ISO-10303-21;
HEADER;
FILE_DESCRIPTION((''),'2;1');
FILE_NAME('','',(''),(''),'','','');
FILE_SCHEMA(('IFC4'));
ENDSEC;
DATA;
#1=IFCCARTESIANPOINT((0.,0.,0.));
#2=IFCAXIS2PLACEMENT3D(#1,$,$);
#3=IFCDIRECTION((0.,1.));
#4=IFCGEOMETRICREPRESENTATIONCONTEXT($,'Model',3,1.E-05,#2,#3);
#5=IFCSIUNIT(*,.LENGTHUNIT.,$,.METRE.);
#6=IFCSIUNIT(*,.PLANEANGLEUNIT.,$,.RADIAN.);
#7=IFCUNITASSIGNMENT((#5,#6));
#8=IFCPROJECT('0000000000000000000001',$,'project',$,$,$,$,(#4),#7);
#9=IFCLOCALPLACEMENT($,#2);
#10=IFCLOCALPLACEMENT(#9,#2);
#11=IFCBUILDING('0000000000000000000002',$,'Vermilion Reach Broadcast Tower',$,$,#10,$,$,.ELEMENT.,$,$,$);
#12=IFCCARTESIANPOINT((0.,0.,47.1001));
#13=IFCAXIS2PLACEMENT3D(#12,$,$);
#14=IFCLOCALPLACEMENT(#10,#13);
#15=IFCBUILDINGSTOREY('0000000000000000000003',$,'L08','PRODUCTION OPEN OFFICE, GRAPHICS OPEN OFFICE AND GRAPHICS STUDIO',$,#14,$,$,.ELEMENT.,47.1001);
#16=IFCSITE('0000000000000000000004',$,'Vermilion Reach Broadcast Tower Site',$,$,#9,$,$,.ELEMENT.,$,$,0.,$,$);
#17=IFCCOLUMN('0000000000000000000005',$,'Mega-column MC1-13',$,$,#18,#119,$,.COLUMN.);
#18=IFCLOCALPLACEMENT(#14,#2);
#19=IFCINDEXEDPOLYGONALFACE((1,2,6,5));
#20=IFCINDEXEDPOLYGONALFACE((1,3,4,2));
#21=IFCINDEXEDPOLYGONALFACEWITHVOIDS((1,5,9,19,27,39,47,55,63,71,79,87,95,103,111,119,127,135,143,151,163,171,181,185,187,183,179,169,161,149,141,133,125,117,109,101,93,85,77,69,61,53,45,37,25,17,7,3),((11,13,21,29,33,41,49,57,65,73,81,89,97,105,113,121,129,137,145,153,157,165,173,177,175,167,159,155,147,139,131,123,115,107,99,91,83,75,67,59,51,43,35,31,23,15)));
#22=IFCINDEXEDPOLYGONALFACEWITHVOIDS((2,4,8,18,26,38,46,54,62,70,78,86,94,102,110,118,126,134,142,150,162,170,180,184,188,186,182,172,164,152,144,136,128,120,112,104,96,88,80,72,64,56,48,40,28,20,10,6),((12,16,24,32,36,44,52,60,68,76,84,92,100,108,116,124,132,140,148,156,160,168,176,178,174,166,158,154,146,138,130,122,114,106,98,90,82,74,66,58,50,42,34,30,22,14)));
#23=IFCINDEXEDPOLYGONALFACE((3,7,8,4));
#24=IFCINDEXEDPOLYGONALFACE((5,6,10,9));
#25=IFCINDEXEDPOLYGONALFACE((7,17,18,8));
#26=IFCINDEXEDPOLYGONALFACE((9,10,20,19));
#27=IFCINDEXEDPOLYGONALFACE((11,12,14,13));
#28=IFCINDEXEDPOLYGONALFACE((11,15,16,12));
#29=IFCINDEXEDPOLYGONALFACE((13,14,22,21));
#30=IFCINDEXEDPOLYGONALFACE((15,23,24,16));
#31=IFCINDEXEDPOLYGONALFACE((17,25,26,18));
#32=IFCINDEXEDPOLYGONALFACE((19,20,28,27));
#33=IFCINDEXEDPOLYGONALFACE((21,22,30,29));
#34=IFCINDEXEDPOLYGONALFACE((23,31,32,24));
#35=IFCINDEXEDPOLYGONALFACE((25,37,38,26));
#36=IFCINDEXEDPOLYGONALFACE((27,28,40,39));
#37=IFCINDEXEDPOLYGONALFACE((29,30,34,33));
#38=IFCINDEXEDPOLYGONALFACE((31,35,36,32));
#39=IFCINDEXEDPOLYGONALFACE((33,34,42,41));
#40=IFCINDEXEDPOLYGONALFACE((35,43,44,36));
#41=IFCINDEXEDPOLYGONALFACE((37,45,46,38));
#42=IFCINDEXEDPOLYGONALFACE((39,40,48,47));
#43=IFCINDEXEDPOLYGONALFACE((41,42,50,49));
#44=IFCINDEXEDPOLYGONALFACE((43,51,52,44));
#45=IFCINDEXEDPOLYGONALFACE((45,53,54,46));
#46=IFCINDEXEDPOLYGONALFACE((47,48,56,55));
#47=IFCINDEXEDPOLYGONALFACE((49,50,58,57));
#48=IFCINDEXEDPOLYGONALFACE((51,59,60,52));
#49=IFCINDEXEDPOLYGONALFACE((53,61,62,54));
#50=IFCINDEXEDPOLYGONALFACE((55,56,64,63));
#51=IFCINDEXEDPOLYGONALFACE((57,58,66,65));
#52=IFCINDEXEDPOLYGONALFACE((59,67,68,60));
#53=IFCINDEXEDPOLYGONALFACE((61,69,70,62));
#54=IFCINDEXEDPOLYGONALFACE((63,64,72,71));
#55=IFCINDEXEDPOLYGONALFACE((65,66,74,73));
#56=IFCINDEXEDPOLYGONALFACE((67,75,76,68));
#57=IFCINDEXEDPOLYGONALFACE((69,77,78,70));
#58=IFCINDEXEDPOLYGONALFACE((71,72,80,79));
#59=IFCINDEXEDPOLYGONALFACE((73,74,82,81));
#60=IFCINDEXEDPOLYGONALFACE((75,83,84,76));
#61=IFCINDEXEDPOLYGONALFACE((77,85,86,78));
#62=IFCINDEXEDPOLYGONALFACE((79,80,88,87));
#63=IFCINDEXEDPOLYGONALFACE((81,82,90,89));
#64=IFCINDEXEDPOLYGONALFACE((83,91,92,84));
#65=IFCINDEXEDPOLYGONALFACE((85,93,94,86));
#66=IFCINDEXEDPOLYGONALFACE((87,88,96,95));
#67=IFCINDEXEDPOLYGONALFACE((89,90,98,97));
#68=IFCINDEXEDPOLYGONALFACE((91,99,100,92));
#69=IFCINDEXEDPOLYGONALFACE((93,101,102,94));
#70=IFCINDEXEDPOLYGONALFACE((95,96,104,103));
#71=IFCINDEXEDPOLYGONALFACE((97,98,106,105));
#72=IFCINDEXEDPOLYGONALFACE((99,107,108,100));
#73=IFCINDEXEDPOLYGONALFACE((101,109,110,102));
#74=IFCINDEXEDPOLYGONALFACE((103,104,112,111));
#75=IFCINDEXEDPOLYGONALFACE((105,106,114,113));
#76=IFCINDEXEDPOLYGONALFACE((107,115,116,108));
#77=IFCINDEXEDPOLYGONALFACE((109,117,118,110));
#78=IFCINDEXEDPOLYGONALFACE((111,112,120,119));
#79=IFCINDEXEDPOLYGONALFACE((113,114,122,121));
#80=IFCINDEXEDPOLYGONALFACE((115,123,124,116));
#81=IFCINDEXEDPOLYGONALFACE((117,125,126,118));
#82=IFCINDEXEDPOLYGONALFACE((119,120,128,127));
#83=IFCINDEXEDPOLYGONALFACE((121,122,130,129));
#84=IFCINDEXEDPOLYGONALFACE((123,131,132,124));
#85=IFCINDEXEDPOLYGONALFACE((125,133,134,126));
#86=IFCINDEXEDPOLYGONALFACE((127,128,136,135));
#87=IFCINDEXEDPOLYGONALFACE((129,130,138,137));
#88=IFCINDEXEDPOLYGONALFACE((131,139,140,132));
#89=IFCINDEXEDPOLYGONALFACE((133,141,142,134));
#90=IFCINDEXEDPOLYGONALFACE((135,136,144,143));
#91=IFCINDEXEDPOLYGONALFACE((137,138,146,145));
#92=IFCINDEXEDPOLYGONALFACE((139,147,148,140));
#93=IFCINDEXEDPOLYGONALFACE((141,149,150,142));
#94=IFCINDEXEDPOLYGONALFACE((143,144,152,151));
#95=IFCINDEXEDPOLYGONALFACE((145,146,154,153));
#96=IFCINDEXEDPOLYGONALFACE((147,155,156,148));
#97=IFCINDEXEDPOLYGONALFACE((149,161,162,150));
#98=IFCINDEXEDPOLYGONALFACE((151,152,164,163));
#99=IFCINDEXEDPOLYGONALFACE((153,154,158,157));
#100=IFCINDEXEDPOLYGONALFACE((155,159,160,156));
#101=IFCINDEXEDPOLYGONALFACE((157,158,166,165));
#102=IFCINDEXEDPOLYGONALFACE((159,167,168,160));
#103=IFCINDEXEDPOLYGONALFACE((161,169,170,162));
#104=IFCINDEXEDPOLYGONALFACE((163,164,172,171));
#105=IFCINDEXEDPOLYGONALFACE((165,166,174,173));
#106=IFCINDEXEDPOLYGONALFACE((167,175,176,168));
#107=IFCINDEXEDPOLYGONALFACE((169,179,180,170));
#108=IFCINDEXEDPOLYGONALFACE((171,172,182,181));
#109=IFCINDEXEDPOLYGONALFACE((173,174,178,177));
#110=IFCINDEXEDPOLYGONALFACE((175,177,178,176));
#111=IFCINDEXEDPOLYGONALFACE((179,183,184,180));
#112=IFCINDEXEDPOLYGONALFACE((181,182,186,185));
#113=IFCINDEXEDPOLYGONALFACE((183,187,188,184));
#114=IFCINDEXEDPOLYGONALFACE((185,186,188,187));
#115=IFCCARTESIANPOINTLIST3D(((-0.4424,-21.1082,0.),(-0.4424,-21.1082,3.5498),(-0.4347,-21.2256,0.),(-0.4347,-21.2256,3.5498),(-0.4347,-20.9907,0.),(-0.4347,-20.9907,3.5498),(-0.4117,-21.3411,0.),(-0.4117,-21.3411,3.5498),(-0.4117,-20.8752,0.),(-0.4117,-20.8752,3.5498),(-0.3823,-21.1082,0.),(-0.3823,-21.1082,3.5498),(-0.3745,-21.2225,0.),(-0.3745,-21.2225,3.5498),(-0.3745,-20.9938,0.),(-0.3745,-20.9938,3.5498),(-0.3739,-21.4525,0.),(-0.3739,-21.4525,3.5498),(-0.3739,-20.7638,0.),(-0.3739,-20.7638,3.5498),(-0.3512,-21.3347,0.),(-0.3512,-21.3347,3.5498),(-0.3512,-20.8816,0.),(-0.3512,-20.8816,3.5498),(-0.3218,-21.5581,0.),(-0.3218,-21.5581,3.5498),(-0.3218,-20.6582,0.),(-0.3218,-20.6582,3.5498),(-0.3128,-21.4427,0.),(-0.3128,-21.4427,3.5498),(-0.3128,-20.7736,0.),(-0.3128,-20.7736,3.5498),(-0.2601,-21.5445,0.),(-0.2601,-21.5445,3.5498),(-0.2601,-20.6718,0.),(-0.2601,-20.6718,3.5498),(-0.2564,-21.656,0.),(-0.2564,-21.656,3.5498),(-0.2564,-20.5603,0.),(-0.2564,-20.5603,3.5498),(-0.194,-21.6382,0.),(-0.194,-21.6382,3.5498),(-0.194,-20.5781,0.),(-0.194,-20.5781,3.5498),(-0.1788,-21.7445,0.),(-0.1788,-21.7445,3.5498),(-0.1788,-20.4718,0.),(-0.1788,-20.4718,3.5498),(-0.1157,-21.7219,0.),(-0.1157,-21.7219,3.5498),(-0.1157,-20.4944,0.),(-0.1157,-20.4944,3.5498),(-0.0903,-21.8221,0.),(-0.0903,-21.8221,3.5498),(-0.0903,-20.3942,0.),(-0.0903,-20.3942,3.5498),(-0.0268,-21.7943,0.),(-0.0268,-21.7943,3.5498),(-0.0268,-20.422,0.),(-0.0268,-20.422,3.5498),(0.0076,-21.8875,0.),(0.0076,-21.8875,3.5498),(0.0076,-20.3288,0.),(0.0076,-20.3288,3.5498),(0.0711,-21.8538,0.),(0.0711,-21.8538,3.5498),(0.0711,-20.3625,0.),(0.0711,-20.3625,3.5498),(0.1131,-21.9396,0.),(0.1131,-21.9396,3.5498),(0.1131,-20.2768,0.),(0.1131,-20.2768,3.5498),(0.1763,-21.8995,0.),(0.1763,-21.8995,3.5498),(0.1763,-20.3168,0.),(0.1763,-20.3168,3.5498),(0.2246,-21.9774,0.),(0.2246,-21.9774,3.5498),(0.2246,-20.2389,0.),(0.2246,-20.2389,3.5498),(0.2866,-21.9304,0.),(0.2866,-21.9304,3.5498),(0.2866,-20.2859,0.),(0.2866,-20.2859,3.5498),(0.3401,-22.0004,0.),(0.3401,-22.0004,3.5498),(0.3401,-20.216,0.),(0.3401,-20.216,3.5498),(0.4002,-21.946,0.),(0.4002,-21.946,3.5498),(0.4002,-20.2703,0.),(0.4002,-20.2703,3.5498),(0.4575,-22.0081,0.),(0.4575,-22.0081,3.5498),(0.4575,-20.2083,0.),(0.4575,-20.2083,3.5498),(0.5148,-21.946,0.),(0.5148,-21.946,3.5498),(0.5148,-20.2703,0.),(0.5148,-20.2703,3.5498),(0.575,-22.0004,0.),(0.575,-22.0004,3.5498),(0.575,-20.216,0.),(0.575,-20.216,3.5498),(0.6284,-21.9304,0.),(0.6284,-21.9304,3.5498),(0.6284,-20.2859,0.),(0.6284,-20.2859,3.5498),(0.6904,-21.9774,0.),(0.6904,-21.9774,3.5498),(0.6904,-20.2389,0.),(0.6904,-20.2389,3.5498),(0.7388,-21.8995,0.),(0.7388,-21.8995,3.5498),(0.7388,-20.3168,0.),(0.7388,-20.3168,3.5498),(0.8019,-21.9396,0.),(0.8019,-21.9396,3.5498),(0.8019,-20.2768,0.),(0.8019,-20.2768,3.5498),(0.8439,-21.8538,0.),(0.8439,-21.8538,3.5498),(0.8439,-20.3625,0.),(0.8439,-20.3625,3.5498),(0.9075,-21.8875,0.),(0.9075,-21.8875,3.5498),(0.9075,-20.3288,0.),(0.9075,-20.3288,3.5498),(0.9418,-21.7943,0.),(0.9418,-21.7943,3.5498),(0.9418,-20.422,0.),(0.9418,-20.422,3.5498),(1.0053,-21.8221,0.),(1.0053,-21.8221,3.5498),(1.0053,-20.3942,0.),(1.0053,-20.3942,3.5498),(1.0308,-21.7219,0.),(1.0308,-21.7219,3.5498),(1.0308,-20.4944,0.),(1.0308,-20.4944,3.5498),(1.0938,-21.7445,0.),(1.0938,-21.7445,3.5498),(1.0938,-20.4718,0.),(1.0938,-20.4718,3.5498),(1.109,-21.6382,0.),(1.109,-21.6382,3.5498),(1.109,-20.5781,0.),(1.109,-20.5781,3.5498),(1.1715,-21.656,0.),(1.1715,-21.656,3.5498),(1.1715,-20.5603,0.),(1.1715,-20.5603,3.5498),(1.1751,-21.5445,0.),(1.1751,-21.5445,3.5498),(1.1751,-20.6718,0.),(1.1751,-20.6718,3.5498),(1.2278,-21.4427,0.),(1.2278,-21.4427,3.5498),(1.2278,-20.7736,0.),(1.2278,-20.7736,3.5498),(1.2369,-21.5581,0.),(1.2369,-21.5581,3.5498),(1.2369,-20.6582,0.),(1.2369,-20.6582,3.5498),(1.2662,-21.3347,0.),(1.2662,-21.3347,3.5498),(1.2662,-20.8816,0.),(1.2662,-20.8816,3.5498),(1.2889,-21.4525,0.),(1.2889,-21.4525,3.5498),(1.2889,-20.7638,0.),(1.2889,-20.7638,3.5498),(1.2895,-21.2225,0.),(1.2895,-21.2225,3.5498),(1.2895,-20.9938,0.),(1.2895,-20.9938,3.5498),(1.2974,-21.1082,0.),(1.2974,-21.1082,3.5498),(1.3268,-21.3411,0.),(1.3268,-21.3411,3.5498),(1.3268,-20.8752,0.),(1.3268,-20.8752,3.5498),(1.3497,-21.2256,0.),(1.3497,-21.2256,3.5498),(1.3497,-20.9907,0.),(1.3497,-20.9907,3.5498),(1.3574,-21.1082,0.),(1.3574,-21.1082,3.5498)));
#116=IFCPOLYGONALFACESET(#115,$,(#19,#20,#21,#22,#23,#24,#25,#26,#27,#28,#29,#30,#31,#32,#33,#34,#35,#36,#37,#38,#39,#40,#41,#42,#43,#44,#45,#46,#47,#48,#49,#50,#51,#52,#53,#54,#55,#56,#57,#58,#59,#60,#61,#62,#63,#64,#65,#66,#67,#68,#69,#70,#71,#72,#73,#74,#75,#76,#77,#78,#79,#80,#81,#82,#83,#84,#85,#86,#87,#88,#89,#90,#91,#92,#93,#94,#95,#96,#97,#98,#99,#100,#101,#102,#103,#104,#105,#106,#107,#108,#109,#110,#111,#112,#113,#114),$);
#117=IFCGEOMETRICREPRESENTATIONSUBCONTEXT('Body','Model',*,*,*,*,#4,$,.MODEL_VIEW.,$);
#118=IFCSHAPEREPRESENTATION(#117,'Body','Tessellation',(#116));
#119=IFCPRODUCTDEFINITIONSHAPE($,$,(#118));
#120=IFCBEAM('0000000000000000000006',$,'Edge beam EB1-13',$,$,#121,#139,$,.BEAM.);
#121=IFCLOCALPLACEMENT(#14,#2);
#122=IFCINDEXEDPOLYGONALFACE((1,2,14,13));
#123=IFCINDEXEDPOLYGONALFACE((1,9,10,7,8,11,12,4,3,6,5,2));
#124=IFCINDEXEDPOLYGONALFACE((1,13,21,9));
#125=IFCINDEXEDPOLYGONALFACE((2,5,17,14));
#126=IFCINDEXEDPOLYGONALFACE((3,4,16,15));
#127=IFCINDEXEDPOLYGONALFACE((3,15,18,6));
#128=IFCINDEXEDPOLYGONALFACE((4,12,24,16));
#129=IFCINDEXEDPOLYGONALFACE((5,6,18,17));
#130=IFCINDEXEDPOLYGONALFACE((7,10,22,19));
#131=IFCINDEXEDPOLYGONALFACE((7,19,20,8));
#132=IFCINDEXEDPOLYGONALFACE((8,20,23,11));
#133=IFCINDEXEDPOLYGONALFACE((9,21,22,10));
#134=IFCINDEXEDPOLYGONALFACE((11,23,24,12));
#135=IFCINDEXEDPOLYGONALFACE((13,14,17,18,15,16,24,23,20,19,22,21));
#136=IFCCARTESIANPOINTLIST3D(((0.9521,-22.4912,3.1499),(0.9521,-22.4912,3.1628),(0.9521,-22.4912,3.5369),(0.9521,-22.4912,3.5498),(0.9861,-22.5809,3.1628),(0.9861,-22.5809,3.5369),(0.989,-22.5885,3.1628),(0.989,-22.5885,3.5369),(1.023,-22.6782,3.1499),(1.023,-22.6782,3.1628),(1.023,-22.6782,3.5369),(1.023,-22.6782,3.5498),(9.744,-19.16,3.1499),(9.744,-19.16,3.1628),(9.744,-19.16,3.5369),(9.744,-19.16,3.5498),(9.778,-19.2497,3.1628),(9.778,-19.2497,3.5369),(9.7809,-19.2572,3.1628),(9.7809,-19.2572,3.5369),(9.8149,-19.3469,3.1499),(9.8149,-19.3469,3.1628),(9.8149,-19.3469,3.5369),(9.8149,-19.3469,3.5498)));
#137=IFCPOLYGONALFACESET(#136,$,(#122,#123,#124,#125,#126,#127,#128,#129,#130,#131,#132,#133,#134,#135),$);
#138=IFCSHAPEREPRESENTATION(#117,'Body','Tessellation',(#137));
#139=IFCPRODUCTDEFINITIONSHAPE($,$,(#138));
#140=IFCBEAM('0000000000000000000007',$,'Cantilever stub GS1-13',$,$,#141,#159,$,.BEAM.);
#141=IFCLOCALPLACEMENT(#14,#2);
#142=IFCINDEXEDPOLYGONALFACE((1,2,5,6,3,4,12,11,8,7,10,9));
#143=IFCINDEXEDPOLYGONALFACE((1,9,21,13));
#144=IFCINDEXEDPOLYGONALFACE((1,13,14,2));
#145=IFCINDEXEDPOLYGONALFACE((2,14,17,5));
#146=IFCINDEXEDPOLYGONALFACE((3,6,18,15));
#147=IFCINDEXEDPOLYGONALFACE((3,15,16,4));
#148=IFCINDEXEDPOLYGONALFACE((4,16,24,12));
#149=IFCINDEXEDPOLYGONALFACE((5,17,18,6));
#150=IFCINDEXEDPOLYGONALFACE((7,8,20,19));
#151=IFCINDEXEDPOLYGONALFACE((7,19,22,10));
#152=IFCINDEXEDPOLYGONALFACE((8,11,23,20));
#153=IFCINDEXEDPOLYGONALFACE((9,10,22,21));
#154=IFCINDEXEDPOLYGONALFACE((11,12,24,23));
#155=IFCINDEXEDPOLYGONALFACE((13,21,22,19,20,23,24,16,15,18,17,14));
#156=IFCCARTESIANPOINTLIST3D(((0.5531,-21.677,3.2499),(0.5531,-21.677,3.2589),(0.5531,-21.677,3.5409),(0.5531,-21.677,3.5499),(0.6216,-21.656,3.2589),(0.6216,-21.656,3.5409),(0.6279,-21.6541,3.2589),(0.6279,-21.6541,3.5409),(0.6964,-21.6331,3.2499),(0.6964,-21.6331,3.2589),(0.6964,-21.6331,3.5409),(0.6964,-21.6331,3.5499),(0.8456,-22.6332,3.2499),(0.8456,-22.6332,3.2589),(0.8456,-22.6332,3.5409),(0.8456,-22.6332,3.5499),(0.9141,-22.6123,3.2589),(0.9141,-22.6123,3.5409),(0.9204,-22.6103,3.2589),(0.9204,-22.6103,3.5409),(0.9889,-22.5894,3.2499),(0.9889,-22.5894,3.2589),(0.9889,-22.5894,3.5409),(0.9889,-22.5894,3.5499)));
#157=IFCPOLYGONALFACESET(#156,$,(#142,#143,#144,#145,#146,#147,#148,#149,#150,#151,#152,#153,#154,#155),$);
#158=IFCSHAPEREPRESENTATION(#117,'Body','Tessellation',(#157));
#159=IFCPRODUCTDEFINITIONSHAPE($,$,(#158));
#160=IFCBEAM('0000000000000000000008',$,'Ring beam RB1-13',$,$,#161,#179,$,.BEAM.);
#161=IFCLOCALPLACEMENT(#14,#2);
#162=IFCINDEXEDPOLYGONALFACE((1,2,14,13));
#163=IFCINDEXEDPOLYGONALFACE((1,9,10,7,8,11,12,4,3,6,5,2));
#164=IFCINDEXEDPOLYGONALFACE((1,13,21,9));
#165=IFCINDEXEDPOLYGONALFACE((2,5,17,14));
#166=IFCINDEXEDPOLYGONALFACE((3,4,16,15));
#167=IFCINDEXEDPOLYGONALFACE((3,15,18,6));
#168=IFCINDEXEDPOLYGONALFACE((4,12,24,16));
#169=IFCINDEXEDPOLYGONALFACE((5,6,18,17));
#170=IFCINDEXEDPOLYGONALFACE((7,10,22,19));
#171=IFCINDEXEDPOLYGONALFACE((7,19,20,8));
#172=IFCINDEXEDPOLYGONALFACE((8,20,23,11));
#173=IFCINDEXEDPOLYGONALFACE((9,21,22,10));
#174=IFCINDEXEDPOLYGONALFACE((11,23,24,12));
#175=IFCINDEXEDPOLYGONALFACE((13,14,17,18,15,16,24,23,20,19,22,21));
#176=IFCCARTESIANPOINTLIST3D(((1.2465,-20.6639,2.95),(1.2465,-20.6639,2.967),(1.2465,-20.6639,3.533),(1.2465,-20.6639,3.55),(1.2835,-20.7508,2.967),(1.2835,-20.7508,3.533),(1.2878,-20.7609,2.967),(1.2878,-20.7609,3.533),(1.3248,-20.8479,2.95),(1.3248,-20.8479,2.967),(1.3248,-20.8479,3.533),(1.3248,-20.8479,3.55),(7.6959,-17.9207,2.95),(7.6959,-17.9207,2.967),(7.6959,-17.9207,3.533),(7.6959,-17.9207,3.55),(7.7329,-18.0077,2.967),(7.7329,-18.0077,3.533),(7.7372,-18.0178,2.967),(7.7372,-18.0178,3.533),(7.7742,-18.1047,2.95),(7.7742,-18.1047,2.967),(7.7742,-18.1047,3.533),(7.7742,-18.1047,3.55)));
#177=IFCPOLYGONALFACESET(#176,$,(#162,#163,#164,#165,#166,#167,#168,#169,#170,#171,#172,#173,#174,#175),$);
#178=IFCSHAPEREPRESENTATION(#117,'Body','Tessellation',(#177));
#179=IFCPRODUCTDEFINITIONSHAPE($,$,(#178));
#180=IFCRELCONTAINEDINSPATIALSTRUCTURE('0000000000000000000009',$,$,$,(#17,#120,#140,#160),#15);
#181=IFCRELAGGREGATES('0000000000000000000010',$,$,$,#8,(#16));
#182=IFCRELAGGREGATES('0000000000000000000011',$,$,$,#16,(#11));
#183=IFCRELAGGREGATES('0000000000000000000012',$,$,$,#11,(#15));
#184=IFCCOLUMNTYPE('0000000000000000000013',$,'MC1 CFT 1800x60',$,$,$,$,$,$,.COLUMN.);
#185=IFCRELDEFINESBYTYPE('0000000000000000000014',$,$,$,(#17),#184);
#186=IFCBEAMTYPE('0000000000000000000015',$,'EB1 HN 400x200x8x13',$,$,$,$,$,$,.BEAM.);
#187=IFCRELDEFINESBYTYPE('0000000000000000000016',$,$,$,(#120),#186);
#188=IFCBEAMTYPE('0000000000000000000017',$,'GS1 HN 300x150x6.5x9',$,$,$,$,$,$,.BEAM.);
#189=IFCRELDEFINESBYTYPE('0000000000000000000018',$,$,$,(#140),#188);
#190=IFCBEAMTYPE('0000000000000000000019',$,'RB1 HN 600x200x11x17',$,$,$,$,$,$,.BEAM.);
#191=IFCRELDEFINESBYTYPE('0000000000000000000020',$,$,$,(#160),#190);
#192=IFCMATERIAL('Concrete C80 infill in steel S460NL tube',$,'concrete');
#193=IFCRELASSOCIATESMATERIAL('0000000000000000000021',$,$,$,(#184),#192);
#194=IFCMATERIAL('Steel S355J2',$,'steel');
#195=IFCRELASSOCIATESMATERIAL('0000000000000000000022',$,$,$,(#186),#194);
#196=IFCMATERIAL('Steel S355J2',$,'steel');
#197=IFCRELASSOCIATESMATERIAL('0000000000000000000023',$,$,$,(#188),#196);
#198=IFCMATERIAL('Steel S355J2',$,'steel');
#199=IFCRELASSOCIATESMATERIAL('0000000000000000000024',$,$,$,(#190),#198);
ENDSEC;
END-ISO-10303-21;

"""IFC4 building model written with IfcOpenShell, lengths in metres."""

from ifc_helpers import new_model, si_unit, direction, frame, origin, origin_2d, place, context, subcontext, project, spatial, hollow_circle, i_section, extrude, material, material_profile, profile_set, type_object, element, save


model = new_model("IFC4")

# Units and contexts
model_context = context("Model", 3, precision=1e-05, world=origin(), true_north=direction((0.0, 1.0)))
body_context = subcontext(model_context, "Body", "Model", "MODEL_VIEW")
ifc_project = project(units=[si_unit("LENGTHUNIT", "METRE"), si_unit("PLANEANGLEUNIT", "RADIAN")], contexts=[model_context])

# Site, building, storey
site_placement = place(None, origin())
site = spatial("IfcSite", under=ifc_project, at=site_placement, Name="Vermilion Reach Broadcast Tower Site", CompositionType="ELEMENT", RefElevation=0.0)
building_placement = place(site_placement, origin())
building = spatial("IfcBuilding", under=site, at=building_placement, Name="Vermilion Reach Broadcast Tower", CompositionType="ELEMENT")
storey_placement = place(building_placement, frame((0.0, 0.0, 47.1001)))
storey = spatial("IfcBuildingStorey", under=building, at=storey_placement, Name="L08", Description="PRODUCTION OPEN OFFICE, GRAPHICS OPEN OFFICE AND GRAPHICS STUDIO", CompositionType="ELEMENT", Elevation=47.1001)

# Column
ifc_material_1 = material(Name="Concrete C80 infill in steel S460NL tube", Category="concrete")
ifc_material_profile_1 = material_profile(ifc_material_1, hollow_circle(Radius=0.8999, WallThickness=0.0601, at=origin_2d()), Name="Concrete C80 infill in steel S460NL tube CFT 1800x60")
ifc_profile_set_1 = profile_set([ifc_material_profile_1], Name="Concrete C80 infill in steel S460NL tube")
column_type = type_object("IfcColumnType", Name="MC1 CFT 1800x60", PredefinedType="COLUMN", material=ifc_profile_set_1)
column_placement = place(storey_placement, frame((0.4575, -21.1082, 0.0), z_axis=(0.0, 0.0, 1.0), x_axis=(1.0, 0.0, 0.0)))
element("IfcColumn", 1, at=column_placement, inside=storey, type_object=column_type, Name="Mega-column MC1-13", PredefinedType="COLUMN", context=body_context, shape_type="SweptSolid", body=[
    extrude(hollow_circle(Radius=0.8999, WallThickness=0.0601, at=origin_2d()), origin(), (0.0, 0.0, 1.0), 3.5498),
])

# Beams
ifc_material_2 = material(Name="Steel S355J2", Category="steel")
ifc_material_profile_2 = material_profile(ifc_material_2, i_section(OverallWidth=0.2, OverallDepth=0.3999, WebThickness=0.0081, FlangeThickness=0.0129, at=origin_2d()), Name="S355J2 HN 400x200x8x13")
ifc_profile_set_2 = profile_set([ifc_material_profile_2], Name="Steel S355J2")
beam_type_1 = type_object("IfcBeamType", Name="EB1 HN 400x200x8x13", PredefinedType="BEAM", material=ifc_profile_set_2)
beam_1_placement = place(storey_placement, frame((0.9875, -22.5847, 3.3499), z_axis=(0.935124, 0.35432, 0.0), x_axis=(-0.35432, 0.935124, 0.0)))
element("IfcBeam", 2, at=beam_1_placement, inside=storey, type_object=beam_type_1, Name="Edge beam EB1-13", PredefinedType="BEAM", context=body_context, shape_type="SweptSolid", body=[
    extrude(i_section(OverallWidth=0.2, OverallDepth=0.3999, WebThickness=0.0081, FlangeThickness=0.0129, at=origin_2d()), origin(), (0.0, 0.0, 1.0), 9.4019),
])
ifc_material_3 = material(Name="Steel S355J2", Category="steel")
ifc_material_profile_3 = material_profile(ifc_material_3, i_section(OverallWidth=0.1499, OverallDepth=0.3, WebThickness=0.0066, FlangeThickness=0.009, at=origin_2d()), Name="S355J2 HN 300x150x6.5x9")
ifc_profile_set_3 = profile_set([ifc_material_profile_3], Name="Steel S355J2")
beam_type_2 = type_object("IfcBeamType", Name="GS1 HN 300x150x6.5x9", PredefinedType="BEAM", material=ifc_profile_set_3)
beam_2_placement = place(storey_placement, frame((0.6248, -21.655, 3.3999), z_axis=(0.292473, -0.956274, 0.0), x_axis=(0.956274, 0.292473, 0.0)))
element("IfcBeam", 3, at=beam_2_placement, inside=storey, type_object=beam_type_2, Name="Cantilever stub GS1-13", PredefinedType="BEAM", context=body_context, shape_type="SweptSolid", body=[
    extrude(i_section(OverallWidth=0.1499, OverallDepth=0.3, WebThickness=0.0066, FlangeThickness=0.009, at=origin_2d()), origin(), (0.0, 0.0, 1.0), 1.0),
])
ifc_material_4 = material(Name="Steel S355J2", Category="steel")
ifc_material_profile_4 = material_profile(ifc_material_4, i_section(OverallWidth=0.2, OverallDepth=0.6001, WebThickness=0.011, FlangeThickness=0.0171, at=origin_2d()), Name="S355J2 HN 600x200x11x17")
ifc_profile_set_4 = profile_set([ifc_material_profile_4], Name="Steel S355J2")
beam_type_3 = type_object("IfcBeamType", Name="RB1 HN 600x200x11x17", PredefinedType="BEAM", material=ifc_profile_set_4)
beam_3_placement = place(storey_placement, frame((1.2856, -20.7559, 3.25), z_axis=(0.920221, 0.3914, 0.0), x_axis=(-0.3914, 0.920221, 0.0)))
element("IfcBeam", 4, at=beam_3_placement, inside=storey, type_object=beam_type_3, Name="Ring beam RB1-13", PredefinedType="BEAM", context=body_context, shape_type="SweptSolid", body=[
    extrude(i_section(OverallWidth=0.2, OverallDepth=0.6001, WebThickness=0.011, FlangeThickness=0.0171, at=origin_2d()), origin(), (0.0, 0.0, 1.0), 7.0085),
])

save(model, "model.ifc")
